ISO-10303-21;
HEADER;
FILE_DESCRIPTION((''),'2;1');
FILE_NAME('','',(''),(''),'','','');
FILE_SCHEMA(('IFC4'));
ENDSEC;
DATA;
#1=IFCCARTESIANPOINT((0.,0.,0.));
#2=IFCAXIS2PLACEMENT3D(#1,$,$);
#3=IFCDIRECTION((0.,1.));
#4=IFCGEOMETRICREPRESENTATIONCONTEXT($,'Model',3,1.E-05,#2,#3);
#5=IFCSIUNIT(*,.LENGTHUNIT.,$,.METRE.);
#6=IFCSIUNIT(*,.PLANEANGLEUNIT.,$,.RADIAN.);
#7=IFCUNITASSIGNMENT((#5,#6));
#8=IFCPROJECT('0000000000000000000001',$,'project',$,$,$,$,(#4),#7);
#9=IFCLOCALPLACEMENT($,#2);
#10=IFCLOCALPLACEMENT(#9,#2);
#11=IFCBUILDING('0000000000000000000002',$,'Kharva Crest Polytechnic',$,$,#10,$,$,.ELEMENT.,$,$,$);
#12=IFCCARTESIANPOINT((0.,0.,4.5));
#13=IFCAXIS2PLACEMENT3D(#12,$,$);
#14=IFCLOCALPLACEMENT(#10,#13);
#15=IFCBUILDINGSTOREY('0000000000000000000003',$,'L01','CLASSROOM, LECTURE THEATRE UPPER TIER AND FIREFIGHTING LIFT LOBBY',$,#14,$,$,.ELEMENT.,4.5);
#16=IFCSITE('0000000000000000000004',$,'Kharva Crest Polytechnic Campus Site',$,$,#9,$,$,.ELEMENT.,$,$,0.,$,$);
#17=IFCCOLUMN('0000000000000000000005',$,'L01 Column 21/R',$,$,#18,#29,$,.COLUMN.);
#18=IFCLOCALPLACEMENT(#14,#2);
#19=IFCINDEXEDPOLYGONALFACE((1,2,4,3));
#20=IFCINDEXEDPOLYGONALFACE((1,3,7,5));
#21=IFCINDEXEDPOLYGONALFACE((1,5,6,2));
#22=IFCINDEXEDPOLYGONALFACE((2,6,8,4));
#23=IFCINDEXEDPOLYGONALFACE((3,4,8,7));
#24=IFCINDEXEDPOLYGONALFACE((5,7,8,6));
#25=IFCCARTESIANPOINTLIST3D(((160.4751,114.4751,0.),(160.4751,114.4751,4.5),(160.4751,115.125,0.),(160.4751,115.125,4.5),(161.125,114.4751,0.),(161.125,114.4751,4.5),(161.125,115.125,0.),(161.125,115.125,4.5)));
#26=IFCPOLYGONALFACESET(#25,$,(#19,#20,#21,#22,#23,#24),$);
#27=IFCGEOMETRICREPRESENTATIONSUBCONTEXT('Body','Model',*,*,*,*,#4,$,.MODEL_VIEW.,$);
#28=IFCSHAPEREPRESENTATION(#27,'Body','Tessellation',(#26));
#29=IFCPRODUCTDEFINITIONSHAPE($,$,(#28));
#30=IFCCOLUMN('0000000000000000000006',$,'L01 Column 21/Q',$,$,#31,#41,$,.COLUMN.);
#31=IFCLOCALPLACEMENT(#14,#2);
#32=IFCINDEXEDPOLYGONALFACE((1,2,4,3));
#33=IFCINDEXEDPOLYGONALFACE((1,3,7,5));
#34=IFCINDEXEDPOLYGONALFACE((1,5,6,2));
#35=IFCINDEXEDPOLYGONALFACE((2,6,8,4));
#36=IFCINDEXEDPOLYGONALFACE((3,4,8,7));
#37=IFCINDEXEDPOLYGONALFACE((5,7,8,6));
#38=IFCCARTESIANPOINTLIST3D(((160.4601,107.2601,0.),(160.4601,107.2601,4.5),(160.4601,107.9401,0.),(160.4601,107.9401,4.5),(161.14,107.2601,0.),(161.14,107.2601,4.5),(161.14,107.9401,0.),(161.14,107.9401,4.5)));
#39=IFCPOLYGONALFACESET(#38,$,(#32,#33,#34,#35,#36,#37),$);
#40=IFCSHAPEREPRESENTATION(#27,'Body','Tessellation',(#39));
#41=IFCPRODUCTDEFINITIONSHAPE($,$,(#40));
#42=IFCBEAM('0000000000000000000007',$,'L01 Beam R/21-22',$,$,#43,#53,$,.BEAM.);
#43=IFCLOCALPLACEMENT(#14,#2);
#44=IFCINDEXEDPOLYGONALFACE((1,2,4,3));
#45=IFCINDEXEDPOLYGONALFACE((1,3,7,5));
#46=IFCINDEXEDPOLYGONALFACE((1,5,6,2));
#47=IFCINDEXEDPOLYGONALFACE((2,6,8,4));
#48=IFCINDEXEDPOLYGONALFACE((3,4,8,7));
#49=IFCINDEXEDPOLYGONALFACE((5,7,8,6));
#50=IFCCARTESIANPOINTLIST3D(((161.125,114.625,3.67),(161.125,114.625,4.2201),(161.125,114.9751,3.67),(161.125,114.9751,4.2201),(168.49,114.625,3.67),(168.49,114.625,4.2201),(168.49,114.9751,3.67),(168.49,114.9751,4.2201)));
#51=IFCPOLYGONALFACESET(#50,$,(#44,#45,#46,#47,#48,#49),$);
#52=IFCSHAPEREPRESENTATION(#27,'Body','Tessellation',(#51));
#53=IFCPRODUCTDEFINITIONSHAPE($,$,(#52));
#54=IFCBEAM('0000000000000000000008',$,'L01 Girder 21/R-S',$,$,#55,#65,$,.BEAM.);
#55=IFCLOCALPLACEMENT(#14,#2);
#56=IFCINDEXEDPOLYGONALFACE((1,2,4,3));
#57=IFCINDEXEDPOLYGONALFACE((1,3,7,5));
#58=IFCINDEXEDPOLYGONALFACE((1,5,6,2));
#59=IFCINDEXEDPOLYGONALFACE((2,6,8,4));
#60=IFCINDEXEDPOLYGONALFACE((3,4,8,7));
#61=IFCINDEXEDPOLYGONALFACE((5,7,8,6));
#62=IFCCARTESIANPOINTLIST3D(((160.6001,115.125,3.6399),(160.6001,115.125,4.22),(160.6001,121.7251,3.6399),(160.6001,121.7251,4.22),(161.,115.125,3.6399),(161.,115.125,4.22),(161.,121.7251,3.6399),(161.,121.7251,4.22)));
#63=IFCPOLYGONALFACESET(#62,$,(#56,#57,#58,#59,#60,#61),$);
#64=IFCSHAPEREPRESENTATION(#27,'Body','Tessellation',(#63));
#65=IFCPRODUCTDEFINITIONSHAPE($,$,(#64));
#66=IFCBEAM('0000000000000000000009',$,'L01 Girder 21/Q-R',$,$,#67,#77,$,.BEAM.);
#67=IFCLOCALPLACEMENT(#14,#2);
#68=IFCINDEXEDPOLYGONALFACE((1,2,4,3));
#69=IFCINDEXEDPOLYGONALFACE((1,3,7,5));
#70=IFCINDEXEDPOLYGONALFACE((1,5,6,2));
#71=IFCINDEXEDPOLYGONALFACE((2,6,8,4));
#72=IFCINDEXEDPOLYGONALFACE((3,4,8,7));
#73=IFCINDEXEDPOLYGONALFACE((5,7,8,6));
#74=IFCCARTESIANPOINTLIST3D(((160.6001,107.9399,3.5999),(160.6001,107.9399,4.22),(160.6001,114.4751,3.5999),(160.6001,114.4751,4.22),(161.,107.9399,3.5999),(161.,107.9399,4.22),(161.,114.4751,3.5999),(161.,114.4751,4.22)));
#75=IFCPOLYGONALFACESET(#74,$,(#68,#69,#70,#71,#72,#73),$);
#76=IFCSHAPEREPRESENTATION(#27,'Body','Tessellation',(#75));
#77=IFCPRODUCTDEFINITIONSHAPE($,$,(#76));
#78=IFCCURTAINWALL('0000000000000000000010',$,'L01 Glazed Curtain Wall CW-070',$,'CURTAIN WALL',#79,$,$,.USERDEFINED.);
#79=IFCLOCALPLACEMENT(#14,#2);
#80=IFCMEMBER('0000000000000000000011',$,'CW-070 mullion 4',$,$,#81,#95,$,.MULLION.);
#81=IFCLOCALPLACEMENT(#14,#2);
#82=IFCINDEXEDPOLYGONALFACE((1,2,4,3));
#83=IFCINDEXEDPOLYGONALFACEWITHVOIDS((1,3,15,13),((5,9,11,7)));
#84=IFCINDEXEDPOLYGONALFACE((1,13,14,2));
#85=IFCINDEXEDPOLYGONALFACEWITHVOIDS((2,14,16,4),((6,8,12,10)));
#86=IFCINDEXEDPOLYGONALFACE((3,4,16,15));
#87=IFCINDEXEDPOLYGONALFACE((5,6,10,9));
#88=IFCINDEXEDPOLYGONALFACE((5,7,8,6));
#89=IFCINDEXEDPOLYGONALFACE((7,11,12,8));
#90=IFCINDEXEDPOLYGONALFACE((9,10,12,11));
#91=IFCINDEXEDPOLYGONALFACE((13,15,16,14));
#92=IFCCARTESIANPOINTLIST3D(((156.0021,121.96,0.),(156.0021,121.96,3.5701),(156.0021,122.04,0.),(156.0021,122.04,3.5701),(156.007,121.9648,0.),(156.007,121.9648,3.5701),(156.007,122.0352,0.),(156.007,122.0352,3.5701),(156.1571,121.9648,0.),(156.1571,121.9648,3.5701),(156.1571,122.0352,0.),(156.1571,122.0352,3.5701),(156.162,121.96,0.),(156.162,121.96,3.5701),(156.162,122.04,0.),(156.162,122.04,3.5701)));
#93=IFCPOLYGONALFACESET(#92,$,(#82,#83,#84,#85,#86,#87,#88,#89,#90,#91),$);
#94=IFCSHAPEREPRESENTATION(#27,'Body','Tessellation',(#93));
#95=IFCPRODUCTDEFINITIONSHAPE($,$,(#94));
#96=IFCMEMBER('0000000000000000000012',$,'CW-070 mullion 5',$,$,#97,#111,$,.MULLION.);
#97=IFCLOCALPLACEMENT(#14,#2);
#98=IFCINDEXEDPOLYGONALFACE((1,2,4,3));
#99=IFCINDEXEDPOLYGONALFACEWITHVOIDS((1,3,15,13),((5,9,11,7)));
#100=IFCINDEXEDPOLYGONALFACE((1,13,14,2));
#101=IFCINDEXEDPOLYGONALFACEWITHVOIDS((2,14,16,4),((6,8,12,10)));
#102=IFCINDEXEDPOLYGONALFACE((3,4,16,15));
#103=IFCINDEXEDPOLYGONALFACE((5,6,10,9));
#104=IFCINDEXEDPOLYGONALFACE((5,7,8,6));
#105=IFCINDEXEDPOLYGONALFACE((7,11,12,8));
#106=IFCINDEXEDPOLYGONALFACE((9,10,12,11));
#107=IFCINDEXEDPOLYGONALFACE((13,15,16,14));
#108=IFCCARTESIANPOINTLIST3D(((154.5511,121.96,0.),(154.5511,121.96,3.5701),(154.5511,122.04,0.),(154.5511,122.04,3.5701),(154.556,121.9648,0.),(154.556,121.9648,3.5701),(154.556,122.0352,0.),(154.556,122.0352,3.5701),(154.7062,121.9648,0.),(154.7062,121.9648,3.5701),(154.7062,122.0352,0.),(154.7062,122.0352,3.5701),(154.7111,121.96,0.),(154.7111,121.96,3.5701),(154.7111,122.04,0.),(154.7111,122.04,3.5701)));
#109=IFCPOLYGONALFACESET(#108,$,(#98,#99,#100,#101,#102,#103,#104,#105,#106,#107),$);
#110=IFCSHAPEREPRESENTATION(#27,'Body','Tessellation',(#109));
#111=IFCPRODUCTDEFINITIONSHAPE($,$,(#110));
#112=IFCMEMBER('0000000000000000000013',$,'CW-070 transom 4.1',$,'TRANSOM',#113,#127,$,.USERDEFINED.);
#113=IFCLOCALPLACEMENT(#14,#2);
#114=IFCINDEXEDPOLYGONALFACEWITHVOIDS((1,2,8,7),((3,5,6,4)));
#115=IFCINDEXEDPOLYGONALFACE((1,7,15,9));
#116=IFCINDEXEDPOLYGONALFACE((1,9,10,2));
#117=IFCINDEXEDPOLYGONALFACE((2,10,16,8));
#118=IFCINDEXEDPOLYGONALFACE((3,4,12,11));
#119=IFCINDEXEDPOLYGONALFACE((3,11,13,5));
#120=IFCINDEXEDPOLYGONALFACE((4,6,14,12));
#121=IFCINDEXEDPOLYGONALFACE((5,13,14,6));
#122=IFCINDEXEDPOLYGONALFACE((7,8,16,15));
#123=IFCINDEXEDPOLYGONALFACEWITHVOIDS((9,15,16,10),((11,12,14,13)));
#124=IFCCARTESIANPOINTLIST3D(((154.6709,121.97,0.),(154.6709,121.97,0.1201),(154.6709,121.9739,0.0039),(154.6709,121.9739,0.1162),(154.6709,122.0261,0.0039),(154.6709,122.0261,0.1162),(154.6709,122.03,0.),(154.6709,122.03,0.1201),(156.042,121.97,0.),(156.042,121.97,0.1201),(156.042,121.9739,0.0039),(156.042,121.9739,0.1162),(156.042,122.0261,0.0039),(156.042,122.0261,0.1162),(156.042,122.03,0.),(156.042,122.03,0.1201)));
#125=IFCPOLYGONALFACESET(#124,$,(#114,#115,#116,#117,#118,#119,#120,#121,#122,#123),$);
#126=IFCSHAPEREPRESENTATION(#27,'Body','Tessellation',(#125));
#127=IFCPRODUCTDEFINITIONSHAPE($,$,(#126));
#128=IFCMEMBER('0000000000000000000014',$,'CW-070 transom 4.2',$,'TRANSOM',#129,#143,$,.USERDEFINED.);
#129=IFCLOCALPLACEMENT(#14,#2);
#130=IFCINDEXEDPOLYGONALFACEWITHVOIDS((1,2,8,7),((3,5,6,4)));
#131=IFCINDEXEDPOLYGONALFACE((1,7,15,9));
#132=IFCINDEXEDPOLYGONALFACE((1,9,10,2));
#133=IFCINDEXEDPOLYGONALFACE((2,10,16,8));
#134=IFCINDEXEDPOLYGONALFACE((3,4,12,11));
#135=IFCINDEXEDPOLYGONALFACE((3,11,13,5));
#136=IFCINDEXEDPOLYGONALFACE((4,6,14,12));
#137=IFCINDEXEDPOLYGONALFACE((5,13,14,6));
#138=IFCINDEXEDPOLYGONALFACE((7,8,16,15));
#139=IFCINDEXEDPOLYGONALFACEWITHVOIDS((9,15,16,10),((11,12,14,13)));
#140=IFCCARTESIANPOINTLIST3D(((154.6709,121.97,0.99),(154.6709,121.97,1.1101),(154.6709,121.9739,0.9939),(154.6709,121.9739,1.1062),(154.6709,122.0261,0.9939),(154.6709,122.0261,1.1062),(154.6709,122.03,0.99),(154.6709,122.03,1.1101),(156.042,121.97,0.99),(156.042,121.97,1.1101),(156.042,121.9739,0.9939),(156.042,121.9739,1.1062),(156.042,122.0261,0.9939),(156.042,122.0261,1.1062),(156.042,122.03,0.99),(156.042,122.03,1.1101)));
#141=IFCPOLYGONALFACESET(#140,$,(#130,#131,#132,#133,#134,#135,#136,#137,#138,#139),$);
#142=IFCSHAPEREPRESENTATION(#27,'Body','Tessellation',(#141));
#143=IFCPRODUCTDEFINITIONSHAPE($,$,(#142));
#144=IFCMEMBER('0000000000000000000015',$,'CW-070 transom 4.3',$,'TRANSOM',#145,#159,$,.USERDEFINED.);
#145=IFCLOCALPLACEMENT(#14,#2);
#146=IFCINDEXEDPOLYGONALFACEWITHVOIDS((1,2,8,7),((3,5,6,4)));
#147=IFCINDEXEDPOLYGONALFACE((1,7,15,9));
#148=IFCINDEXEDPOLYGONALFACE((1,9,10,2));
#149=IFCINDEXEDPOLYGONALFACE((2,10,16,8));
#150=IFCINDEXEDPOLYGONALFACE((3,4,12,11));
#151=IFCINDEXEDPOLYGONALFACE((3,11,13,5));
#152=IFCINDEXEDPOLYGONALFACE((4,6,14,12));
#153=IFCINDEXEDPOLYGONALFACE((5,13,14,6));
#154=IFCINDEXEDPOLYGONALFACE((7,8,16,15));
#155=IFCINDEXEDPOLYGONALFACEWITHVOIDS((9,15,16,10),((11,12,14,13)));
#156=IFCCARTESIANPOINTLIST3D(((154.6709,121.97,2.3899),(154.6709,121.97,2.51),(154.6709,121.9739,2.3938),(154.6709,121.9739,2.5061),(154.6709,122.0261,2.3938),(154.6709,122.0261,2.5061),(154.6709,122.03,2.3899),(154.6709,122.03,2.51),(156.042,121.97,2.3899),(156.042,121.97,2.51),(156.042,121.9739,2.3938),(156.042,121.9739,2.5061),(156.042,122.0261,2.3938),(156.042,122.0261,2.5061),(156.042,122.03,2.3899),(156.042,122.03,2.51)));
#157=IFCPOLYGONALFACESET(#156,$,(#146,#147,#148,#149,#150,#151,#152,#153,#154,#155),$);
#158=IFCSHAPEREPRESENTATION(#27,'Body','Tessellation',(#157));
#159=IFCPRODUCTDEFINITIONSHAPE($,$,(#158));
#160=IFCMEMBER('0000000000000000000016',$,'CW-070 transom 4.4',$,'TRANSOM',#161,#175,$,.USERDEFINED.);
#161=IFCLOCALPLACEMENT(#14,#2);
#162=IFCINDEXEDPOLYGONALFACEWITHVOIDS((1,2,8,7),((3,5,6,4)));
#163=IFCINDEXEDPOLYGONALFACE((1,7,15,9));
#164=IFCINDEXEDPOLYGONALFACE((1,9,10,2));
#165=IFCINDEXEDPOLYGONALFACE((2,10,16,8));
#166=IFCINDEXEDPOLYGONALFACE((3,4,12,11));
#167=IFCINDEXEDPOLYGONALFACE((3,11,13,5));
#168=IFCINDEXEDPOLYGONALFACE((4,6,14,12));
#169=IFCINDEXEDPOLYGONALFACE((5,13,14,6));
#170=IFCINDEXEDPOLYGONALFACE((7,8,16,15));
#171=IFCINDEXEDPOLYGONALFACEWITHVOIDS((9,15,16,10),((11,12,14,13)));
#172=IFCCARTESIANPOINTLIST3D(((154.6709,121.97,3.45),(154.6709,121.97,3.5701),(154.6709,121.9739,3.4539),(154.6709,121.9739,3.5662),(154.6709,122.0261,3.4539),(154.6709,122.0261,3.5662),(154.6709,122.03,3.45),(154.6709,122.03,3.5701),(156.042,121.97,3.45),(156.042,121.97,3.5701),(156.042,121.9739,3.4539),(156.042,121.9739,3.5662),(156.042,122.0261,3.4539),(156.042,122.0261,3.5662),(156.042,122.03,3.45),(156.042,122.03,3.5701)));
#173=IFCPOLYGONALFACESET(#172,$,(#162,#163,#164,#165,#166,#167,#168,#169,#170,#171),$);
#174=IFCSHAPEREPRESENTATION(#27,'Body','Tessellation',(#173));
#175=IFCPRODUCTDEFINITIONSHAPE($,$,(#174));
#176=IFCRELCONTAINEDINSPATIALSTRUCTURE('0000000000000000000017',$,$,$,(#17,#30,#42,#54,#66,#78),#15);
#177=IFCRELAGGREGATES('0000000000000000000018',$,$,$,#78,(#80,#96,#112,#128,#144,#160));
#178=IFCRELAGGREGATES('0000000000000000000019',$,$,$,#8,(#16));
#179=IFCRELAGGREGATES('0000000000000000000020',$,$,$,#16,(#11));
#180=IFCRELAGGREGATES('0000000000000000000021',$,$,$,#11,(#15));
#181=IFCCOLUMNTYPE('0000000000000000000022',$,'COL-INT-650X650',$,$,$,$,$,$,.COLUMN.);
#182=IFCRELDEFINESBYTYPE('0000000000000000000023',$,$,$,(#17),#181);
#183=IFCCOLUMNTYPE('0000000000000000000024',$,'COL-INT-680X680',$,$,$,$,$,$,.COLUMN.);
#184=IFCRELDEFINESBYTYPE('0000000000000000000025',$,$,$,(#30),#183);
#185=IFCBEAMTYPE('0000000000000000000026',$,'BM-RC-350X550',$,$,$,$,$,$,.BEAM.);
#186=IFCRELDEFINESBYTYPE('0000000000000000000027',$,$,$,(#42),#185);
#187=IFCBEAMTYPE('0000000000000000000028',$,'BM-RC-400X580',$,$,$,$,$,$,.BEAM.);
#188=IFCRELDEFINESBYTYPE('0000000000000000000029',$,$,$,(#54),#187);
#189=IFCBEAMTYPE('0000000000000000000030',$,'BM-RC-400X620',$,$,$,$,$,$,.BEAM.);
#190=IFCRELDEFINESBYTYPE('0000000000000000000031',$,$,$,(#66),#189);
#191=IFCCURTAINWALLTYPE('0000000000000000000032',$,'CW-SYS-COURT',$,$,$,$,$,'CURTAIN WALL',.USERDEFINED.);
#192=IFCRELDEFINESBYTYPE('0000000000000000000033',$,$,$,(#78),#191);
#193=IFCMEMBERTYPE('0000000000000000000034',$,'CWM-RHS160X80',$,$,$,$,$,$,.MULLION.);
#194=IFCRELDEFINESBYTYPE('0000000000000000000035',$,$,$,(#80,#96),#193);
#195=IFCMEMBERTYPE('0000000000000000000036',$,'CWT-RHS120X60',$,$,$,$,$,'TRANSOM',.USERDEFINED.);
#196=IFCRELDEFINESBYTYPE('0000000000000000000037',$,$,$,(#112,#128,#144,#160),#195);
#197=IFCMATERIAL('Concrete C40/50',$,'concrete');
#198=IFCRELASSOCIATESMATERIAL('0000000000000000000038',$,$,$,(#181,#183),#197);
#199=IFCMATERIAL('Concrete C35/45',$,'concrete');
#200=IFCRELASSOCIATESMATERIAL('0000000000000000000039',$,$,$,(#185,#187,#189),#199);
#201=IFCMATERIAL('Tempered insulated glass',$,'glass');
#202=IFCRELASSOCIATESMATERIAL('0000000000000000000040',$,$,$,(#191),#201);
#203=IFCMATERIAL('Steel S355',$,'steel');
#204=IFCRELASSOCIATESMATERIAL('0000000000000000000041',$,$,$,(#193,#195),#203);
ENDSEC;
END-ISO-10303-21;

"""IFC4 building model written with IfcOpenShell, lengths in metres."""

from ifc_helpers import new_model, si_unit, direction, frame, origin, origin_2d, place, context, subcontext, project, spatial, rectangle, hollow_rectangle, extrude, material, material_profile, profile_set, type_object, element, aggregate, save


model = new_model("IFC4")

# Units and contexts
model_context = context("Model", 3, precision=1e-05, world=origin(), true_north=direction((0.0, 1.0)))
body_context = subcontext(model_context, "Body", "Model", "MODEL_VIEW")
ifc_project = project(units=[si_unit("LENGTHUNIT", "METRE"), si_unit("PLANEANGLEUNIT", "RADIAN")], contexts=[model_context])

# Site, building, storey
site_placement = place(None, origin())
site = spatial("IfcSite", under=ifc_project, at=site_placement, Name="Kharva Crest Polytechnic Campus Site", CompositionType="ELEMENT", RefElevation=0.0)
building_placement = place(site_placement, origin())
building = spatial("IfcBuilding", under=site, at=building_placement, Name="Kharva Crest Polytechnic", CompositionType="ELEMENT")
storey_placement = place(building_placement, frame((0.0, 0.0, 4.5)))
storey = spatial("IfcBuildingStorey", under=building, at=storey_placement, Name="L01", Description="CLASSROOM, LECTURE THEATRE UPPER TIER AND FIREFIGHTING LIFT LOBBY", CompositionType="ELEMENT", Elevation=4.5)

# Columns
ifc_material_1 = material(Name="Concrete C40/50", Category="concrete")
ifc_material_profile_1 = material_profile(ifc_material_1, rectangle(XDim=0.6499, YDim=0.6499, at=origin_2d()), Name="RECT 650 X 650")
ifc_profile_set_1 = profile_set([ifc_material_profile_1], Name="Concrete C40/50")
column_type_1 = type_object("IfcColumnType", Name="COL-INT-650X650", PredefinedType="COLUMN", material=ifc_profile_set_1)
column_1_placement = place(storey_placement, frame((160.8, 114.8, 0.0), z_axis=(0.0, 0.0, 1.0), x_axis=(1.0, 0.0, 0.0)))
element("IfcColumn", 1, at=column_1_placement, inside=storey, type_object=column_type_1, Name="L01 Column 21/R", PredefinedType="COLUMN", context=body_context, shape_type="SweptSolid", body=[
    extrude(rectangle(XDim=0.6499, YDim=0.6499, at=origin_2d()), origin(), (0.0, 0.0, 1.0), 4.5),
])
ifc_material_profile_2 = material_profile(ifc_material_1, rectangle(XDim=0.6799, YDim=0.6799, at=origin_2d()), Name="RECT 680 X 680")
ifc_profile_set_2 = profile_set([ifc_material_profile_2], Name="Concrete C40/50")
column_type_2 = type_object("IfcColumnType", Name="COL-INT-680X680", PredefinedType="COLUMN", material=ifc_profile_set_2)
column_2_placement = place(storey_placement, frame((160.8, 107.6001, 0.0), z_axis=(0.0, 0.0, 1.0), x_axis=(1.0, 0.0, 0.0)))
element("IfcColumn", 2, at=column_2_placement, inside=storey, type_object=column_type_2, Name="L01 Column 21/Q", PredefinedType="COLUMN", context=body_context, shape_type="SweptSolid", body=[
    extrude(rectangle(XDim=0.6799, YDim=0.6799, at=origin_2d()), origin(), (0.0, 0.0, 1.0), 4.5),
])

# Beams
ifc_material_2 = material(Name="Concrete C35/45", Category="concrete")
ifc_material_profile_3 = material_profile(ifc_material_2, rectangle(XDim=0.3501, YDim=0.55, at=origin_2d()), Name="RECT 350 X 550")
ifc_profile_set_3 = profile_set([ifc_material_profile_3], Name="Concrete C35/45")
beam_type_1 = type_object("IfcBeamType", Name="BM-RC-350X550", PredefinedType="BEAM", material=ifc_profile_set_3)
beam_1_placement = place(storey_placement, frame((161.125, 114.8, 3.9451), z_axis=(1.0, 0.0, 0.0), x_axis=(0.0, 1.0, 0.0)))
element("IfcBeam", 3, at=beam_1_placement, inside=storey, type_object=beam_type_1, Name="L01 Beam R/21-22", PredefinedType="BEAM", context=body_context, shape_type="SweptSolid", body=[
    extrude(rectangle(XDim=0.3501, YDim=0.55, at=origin_2d()), origin(), (0.0, 0.0, 1.0), 7.365),
])
ifc_material_profile_4 = material_profile(ifc_material_2, rectangle(XDim=0.3999, YDim=0.5801, at=origin_2d()), Name="RECT 400 X 580")
ifc_profile_set_4 = profile_set([ifc_material_profile_4], Name="Concrete C35/45")
beam_type_2 = type_object("IfcBeamType", Name="BM-RC-400X580", PredefinedType="BEAM", material=ifc_profile_set_4)
beam_2_placement = place(storey_placement, frame((160.8, 115.125, 3.9299), z_axis=(0.0, 1.0, 0.0), x_axis=(-1.0, 0.0, 0.0)))
element("IfcBeam", 4, at=beam_2_placement, inside=storey, type_object=beam_type_2, Name="L01 Girder 21/R-S", PredefinedType="BEAM", context=body_context, shape_type="SweptSolid", body=[
    extrude(rectangle(XDim=0.3999, YDim=0.5801, at=origin_2d()), origin(), (0.0, 0.0, 1.0), 6.6001),
])
ifc_material_profile_5 = material_profile(ifc_material_2, rectangle(XDim=0.3999, YDim=0.6201, at=origin_2d()), Name="RECT 400 X 620")
ifc_profile_set_5 = profile_set([ifc_material_profile_5], Name="Concrete C35/45")
beam_type_3 = type_object("IfcBeamType", Name="BM-RC-400X620", PredefinedType="BEAM", material=ifc_profile_set_5)
beam_3_placement = place(storey_placement, frame((160.8, 107.9399, 3.9099), z_axis=(0.0, 1.0, 0.0), x_axis=(-1.0, 0.0, 0.0)))
element("IfcBeam", 5, at=beam_3_placement, inside=storey, type_object=beam_type_3, Name="L01 Girder 21/Q-R", PredefinedType="BEAM", context=body_context, shape_type="SweptSolid", body=[
    extrude(rectangle(XDim=0.3999, YDim=0.6201, at=origin_2d()), origin(), (0.0, 0.0, 1.0), 6.5352),
])

# Curtain wall, members
ifc_material_3 = material(Name="Tempered insulated glass", Category="glass")
curtain_wall_type = type_object("IfcCurtainWallType", Name="CW-SYS-COURT", ElementType="CURTAIN WALL", PredefinedType="USERDEFINED", material=ifc_material_3)
curtain_wall_placement = place(storey_placement, origin())
curtain_wall = element("IfcCurtainWall", 6, at=curtain_wall_placement, inside=storey, type_object=curtain_wall_type, Name="L01 Glazed Curtain Wall CW-070", ObjectType="CURTAIN WALL", PredefinedType="USERDEFINED")
ifc_material_4 = material(Name="Steel S355", Category="steel")
ifc_material_profile_6 = material_profile(ifc_material_4, hollow_rectangle(XDim=0.0801, YDim=0.1599, WallThickness=0.0049, at=origin_2d()), Name="RHS 160X80X5.0")
ifc_profile_set_6 = profile_set([ifc_material_profile_6], Name="Steel S355")
member_type_1 = type_object("IfcMemberType", Name="CWM-RHS160X80", PredefinedType="MULLION", material=ifc_profile_set_6)
member_1_placement = place(storey_placement, frame((156.082, 122.0, 0.0), z_axis=(0.0, 0.0, 1.0), x_axis=(0.0, -1.0, 0.0)))
member_1 = element("IfcMember", 7, at=member_1_placement, type_object=member_type_1, Name="CW-070 mullion 4", PredefinedType="MULLION", context=body_context, shape_type="SweptSolid", body=[
    extrude(hollow_rectangle(XDim=0.0801, YDim=0.1599, WallThickness=0.0049, at=origin_2d()), origin(), (0.0, 0.0, 1.0), 3.5701),
])
member_2_placement = place(storey_placement, frame((154.6311, 122.0, 0.0), z_axis=(0.0, 0.0, 1.0), x_axis=(0.0, -1.0, 0.0)))
member_2 = element("IfcMember", 8, at=member_2_placement, type_object=member_type_1, Name="CW-070 mullion 5", PredefinedType="MULLION", context=body_context, shape_type="SweptSolid", body=[
    extrude(hollow_rectangle(XDim=0.0801, YDim=0.1599, WallThickness=0.0049, at=origin_2d()), origin(), (0.0, 0.0, 1.0), 3.5701),
])
ifc_material_profile_7 = material_profile(ifc_material_4, hollow_rectangle(XDim=0.0601, YDim=0.1201, WallThickness=0.0039, at=origin_2d()), Name="RHS 120X60X4.0")
ifc_profile_set_7 = profile_set([ifc_material_profile_7], Name="Steel S355")
member_type_2 = type_object("IfcMemberType", Name="CWT-RHS120X60", ElementType="TRANSOM", PredefinedType="USERDEFINED", material=ifc_profile_set_7)
member_3_placement = place(storey_placement, frame((156.042, 122.0, 0.0601), z_axis=(-1.0, 0.0, 0.0), x_axis=(0.0, -1.0, 0.0)))
member_3 = element("IfcMember", 9, at=member_3_placement, type_object=member_type_2, Name="CW-070 transom 4.1", ObjectType="TRANSOM", PredefinedType="USERDEFINED", context=body_context, shape_type="SweptSolid", body=[
    extrude(hollow_rectangle(XDim=0.0601, YDim=0.1201, WallThickness=0.0039, at=origin_2d()), origin(), (0.0, 0.0, 1.0), 1.3711),
])
member_4_placement = place(storey_placement, frame((156.042, 122.0, 1.05), z_axis=(-1.0, 0.0, 0.0), x_axis=(0.0, -1.0, 0.0)))
member_4 = element("IfcMember", 10, at=member_4_placement, type_object=member_type_2, Name="CW-070 transom 4.2", ObjectType="TRANSOM", PredefinedType="USERDEFINED", context=body_context, shape_type="SweptSolid", body=[
    extrude(hollow_rectangle(XDim=0.0601, YDim=0.1201, WallThickness=0.0039, at=origin_2d()), origin(), (0.0, 0.0, 1.0), 1.3711),
])
member_5_placement = place(storey_placement, frame((156.042, 122.0, 2.45), z_axis=(-1.0, 0.0, 0.0), x_axis=(0.0, -1.0, 0.0)))
member_5 = element("IfcMember", 11, at=member_5_placement, type_object=member_type_2, Name="CW-070 transom 4.3", ObjectType="TRANSOM", PredefinedType="USERDEFINED", context=body_context, shape_type="SweptSolid", body=[
    extrude(hollow_rectangle(XDim=0.0601, YDim=0.1201, WallThickness=0.0039, at=origin_2d()), origin(), (0.0, 0.0, 1.0), 1.3711),
])
member_6_placement = place(storey_placement, frame((156.042, 122.0, 3.51), z_axis=(-1.0, 0.0, 0.0), x_axis=(0.0, -1.0, 0.0)))
member_6 = element("IfcMember", 12, at=member_6_placement, type_object=member_type_2, Name="CW-070 transom 4.4", ObjectType="TRANSOM", PredefinedType="USERDEFINED", context=body_context, shape_type="SweptSolid", body=[
    extrude(hollow_rectangle(XDim=0.0601, YDim=0.1201, WallThickness=0.0039, at=origin_2d()), origin(), (0.0, 0.0, 1.0), 1.3711),
])

aggregate(curtain_wall, [member_1, member_2, member_3, member_4, member_5, member_6])

save(model, "model.ifc")
